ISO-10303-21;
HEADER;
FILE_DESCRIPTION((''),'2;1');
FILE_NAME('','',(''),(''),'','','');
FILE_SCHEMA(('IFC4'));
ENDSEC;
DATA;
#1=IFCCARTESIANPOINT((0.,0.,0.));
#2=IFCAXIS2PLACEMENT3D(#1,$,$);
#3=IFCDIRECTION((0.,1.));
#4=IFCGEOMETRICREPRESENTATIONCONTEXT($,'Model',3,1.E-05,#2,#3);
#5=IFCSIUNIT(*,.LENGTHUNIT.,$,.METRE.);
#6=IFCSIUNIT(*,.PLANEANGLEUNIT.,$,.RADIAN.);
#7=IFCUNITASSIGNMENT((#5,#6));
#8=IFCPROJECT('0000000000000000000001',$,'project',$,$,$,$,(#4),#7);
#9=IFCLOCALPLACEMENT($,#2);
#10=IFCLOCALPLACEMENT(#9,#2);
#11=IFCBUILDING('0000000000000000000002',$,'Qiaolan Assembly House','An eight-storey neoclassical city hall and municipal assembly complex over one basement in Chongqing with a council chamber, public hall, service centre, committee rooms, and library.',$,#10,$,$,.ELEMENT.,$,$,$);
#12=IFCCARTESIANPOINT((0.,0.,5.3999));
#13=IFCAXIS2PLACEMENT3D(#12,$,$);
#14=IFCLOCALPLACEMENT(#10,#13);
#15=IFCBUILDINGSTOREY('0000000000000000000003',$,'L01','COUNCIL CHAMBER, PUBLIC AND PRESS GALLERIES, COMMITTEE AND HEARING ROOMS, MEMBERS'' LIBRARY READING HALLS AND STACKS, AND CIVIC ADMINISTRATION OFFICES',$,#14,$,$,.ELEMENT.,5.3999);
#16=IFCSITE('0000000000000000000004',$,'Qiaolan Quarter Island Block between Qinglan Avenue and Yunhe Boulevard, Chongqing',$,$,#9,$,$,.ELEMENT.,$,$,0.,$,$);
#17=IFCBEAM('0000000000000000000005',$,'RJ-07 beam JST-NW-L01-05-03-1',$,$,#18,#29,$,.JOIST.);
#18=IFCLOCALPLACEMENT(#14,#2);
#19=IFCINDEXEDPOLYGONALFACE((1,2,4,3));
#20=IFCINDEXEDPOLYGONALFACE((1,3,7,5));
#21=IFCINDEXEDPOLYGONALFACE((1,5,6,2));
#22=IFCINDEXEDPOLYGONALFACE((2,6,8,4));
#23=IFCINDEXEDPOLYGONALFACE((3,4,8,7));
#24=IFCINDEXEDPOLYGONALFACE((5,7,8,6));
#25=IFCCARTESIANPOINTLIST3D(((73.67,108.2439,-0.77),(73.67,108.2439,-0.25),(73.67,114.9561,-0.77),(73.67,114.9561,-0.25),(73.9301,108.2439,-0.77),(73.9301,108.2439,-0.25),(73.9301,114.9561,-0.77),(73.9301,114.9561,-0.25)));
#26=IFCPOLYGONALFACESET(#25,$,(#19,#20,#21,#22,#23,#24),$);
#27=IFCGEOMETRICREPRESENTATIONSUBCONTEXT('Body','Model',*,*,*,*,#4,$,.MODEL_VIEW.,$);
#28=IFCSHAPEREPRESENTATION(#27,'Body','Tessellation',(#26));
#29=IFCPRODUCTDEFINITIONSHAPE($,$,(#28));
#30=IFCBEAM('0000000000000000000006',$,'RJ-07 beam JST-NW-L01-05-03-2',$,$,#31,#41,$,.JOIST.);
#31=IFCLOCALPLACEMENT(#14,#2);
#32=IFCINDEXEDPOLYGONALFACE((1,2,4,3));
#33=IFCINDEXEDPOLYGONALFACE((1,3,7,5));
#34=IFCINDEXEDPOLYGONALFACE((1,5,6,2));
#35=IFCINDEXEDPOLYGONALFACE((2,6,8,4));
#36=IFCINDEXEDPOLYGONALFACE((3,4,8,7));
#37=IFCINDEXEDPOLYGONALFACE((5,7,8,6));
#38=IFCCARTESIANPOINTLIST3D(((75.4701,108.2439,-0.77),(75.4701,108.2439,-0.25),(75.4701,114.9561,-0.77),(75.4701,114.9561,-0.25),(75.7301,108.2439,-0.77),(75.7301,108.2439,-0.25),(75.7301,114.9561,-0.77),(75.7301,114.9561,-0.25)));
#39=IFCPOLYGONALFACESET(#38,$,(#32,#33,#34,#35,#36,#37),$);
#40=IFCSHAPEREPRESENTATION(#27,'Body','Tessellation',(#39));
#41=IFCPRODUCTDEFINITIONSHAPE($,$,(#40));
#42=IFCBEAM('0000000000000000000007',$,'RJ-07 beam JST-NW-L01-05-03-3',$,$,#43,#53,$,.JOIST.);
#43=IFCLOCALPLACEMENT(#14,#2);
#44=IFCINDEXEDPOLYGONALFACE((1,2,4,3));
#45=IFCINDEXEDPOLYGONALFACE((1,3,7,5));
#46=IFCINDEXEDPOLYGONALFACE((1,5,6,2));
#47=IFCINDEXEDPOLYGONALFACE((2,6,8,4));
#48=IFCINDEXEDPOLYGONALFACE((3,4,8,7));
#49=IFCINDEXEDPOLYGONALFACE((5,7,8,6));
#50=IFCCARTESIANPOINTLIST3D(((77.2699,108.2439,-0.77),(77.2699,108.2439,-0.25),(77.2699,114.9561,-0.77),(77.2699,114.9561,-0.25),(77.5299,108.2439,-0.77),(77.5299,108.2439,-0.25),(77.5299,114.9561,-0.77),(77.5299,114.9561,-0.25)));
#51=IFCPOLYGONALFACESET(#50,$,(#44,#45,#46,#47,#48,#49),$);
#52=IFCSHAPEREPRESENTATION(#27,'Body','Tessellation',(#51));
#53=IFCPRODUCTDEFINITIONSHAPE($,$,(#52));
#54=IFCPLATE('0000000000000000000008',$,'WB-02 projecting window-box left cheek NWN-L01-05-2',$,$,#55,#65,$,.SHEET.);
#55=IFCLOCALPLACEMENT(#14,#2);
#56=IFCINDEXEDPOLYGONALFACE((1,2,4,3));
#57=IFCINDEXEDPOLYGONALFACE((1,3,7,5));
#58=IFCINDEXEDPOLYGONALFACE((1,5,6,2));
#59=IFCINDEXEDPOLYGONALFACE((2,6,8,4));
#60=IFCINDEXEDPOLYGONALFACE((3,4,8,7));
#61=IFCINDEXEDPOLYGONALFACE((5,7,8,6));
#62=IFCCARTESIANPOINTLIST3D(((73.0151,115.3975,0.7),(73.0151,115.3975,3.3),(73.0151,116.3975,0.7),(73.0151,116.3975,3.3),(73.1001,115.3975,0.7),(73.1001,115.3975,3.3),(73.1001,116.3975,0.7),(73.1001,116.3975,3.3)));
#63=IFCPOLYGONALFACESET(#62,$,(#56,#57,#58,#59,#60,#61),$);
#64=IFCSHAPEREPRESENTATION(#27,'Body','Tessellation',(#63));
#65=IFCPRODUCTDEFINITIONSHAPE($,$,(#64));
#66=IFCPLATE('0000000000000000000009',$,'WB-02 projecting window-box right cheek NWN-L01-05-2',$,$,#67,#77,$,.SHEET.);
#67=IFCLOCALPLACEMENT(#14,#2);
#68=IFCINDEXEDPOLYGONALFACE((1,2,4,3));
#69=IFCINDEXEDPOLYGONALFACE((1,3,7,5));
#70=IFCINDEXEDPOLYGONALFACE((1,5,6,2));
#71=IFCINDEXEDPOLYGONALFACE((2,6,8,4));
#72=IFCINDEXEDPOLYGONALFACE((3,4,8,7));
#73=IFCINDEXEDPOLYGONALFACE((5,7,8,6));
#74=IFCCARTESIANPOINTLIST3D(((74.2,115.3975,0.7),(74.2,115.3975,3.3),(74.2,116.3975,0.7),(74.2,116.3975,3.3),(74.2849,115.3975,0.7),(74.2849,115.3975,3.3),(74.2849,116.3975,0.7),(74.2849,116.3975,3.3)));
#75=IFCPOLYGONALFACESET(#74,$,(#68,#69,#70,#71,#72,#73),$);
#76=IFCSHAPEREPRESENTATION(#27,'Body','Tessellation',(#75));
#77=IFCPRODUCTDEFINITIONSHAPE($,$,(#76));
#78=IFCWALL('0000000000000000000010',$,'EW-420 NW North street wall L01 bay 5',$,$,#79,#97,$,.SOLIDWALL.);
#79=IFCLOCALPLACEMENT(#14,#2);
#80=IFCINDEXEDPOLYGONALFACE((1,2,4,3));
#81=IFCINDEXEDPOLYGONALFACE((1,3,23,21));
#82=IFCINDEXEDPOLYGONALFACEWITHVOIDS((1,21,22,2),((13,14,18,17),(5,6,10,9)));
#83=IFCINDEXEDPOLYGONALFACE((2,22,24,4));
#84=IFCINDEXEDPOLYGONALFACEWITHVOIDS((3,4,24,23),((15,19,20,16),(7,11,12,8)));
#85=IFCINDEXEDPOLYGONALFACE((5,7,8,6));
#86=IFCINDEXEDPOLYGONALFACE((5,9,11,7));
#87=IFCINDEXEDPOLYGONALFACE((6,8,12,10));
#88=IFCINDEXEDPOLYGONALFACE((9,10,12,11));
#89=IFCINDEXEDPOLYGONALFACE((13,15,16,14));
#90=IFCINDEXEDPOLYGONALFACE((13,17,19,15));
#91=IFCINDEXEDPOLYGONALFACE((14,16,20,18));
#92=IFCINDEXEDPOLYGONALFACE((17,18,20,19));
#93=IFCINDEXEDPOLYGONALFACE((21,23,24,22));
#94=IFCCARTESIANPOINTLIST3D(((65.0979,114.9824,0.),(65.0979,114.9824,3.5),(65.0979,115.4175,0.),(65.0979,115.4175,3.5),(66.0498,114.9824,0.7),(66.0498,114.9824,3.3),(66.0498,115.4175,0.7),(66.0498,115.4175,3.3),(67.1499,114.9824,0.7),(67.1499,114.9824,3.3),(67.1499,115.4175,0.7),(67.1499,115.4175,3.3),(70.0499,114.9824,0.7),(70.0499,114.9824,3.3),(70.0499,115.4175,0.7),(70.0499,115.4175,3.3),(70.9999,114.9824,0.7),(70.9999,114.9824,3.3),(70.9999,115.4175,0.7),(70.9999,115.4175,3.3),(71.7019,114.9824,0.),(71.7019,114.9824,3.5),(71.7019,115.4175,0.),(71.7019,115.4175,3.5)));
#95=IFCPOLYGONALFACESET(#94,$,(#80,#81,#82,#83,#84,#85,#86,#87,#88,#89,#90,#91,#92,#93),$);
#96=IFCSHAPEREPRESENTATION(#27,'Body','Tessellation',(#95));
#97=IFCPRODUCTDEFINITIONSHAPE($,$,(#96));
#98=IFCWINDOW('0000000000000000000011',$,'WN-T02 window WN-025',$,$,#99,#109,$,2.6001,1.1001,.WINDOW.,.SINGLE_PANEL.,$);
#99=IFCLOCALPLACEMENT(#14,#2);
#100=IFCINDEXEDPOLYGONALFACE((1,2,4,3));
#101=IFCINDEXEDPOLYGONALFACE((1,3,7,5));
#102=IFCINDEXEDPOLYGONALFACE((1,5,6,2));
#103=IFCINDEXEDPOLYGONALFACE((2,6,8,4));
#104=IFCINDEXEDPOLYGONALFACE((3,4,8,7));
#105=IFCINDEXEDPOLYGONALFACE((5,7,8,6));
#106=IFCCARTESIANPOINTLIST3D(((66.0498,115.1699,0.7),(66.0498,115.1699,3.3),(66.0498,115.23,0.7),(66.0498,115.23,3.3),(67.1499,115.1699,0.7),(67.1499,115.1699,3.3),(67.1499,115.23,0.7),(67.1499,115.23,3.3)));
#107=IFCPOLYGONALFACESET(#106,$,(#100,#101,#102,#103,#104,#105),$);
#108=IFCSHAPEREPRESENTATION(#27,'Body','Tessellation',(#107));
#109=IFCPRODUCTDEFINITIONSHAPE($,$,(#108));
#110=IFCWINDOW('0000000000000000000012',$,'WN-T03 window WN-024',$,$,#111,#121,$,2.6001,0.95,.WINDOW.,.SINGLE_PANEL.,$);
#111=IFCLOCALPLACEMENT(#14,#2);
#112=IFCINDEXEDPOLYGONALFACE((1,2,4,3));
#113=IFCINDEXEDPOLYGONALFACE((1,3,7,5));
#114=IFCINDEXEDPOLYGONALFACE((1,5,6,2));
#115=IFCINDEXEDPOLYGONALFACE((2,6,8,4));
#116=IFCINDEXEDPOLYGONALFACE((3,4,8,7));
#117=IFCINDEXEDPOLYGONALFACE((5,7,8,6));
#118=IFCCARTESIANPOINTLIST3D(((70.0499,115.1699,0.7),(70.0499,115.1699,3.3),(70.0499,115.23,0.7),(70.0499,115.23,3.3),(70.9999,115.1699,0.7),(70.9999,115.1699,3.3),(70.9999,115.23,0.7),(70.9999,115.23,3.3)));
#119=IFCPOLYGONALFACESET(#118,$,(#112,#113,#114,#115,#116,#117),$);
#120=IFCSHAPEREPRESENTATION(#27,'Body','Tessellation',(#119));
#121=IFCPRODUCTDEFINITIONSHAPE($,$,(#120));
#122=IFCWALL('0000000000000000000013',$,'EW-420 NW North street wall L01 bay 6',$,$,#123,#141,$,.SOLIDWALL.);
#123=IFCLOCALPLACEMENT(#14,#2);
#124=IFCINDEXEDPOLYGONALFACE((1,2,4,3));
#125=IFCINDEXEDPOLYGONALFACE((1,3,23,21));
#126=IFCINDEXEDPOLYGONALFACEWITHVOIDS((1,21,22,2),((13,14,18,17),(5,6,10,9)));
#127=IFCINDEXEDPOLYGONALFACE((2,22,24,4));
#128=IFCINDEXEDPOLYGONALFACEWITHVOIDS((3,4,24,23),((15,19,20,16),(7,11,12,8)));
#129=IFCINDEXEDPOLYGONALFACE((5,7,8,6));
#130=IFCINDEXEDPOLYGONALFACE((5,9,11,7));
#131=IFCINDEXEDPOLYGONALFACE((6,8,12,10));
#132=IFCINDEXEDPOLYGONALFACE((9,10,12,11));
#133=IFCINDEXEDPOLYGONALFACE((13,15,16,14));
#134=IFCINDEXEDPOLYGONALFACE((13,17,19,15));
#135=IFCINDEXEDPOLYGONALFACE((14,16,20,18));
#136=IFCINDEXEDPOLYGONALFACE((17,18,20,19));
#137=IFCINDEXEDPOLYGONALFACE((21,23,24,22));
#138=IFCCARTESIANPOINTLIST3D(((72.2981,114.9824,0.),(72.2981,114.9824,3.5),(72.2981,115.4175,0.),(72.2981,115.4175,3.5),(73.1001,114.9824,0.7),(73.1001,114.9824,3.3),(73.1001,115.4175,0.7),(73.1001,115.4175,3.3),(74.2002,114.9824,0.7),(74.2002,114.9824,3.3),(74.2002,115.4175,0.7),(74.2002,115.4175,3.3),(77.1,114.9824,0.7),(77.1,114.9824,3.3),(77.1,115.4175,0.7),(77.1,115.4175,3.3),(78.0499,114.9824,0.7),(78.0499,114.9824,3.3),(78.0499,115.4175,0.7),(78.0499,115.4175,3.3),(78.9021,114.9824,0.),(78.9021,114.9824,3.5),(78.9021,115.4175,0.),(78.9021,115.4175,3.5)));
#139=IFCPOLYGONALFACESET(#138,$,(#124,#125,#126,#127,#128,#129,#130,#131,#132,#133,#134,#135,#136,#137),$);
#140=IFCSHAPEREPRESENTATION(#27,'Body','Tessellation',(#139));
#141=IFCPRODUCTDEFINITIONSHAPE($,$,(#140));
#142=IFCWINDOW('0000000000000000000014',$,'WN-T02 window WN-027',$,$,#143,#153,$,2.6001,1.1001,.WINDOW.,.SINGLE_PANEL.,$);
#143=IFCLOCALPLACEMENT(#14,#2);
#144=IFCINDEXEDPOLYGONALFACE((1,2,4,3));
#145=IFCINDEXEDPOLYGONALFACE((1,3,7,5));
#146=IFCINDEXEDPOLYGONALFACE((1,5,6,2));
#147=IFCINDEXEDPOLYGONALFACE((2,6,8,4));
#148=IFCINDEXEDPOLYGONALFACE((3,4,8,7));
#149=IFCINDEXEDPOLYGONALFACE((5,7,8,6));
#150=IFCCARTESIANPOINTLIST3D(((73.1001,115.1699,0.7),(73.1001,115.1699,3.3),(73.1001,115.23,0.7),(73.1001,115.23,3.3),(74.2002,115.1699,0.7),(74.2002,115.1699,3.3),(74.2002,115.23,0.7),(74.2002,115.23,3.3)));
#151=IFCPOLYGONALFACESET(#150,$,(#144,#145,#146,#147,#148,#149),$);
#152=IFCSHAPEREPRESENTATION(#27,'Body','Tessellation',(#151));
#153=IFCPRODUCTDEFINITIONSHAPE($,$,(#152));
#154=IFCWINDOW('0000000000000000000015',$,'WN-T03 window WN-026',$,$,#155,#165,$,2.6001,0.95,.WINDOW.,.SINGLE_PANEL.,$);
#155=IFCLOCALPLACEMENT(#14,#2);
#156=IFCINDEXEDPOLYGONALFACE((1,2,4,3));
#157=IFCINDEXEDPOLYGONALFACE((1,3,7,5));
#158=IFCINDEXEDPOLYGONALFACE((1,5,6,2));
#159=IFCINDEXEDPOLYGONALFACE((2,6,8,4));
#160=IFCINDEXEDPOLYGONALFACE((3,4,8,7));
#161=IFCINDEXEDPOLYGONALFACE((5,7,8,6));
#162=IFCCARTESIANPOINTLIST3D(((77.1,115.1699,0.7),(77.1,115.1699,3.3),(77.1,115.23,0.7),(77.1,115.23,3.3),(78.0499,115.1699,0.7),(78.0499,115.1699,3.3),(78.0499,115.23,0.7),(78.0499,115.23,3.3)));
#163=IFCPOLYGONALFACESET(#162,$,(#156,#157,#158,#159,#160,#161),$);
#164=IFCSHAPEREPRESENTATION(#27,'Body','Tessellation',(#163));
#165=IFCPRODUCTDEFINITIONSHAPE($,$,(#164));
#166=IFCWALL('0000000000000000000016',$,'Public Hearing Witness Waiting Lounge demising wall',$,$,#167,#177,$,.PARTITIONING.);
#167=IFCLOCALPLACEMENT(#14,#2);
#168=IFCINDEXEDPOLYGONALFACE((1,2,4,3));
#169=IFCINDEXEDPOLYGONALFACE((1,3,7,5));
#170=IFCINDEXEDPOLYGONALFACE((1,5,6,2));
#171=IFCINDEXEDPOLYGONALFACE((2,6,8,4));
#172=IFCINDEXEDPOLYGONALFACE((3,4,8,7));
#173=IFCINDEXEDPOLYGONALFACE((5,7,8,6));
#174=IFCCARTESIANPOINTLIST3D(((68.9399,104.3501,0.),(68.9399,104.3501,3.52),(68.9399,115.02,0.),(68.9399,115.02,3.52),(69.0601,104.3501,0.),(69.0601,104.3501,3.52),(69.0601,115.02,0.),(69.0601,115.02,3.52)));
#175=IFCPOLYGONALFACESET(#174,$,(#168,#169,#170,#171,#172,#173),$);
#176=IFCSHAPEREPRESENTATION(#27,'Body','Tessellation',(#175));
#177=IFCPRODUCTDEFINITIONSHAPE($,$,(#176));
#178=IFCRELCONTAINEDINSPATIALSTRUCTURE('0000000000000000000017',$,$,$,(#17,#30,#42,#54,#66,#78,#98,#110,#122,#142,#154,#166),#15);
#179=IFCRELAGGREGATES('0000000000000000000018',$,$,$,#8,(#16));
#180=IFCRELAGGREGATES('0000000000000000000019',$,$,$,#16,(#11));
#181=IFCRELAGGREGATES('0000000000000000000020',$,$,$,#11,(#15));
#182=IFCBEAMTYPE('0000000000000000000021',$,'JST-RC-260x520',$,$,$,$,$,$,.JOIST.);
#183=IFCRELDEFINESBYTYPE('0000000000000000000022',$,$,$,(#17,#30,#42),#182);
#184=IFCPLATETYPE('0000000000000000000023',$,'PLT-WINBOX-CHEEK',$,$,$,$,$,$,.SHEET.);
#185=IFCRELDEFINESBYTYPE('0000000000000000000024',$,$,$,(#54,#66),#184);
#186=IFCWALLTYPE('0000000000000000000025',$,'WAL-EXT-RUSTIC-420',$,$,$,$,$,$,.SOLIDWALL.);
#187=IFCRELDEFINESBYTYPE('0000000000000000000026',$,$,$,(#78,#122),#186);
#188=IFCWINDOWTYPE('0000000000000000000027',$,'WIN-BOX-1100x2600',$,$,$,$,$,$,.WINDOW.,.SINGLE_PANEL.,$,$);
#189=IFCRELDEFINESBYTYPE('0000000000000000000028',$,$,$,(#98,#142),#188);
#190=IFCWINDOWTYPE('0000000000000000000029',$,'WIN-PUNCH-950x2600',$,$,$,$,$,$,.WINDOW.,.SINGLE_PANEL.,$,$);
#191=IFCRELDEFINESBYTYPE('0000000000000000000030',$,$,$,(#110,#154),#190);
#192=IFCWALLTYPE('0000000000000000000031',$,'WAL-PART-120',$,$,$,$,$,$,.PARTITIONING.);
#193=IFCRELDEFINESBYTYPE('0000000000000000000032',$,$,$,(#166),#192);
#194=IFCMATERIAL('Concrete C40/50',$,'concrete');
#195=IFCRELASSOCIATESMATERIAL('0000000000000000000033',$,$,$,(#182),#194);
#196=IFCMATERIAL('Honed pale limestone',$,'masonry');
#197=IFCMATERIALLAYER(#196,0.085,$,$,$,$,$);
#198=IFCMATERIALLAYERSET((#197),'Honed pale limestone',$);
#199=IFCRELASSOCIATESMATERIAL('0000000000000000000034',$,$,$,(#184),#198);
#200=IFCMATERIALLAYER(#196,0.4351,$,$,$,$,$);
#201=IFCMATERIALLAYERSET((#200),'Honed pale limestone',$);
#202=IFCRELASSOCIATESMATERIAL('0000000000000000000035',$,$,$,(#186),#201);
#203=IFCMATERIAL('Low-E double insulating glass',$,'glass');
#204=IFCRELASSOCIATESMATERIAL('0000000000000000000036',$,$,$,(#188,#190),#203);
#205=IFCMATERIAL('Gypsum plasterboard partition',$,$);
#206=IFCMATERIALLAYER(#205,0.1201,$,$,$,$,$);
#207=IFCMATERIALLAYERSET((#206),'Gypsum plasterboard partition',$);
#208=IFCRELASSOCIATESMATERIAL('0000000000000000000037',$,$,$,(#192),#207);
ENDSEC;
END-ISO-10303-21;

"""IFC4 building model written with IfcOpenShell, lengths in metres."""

from ifc_helpers import new_model, si_unit, direction, frame, frame_2d, origin, origin_2d, place, context, subcontext, project, spatial, rectangle, extrude, material, layer, layer_set, material_profile, profile_set, type_object, element, fill, save


model = new_model("IFC4")

# Units and contexts
model_context = context("Model", 3, precision=1e-05, world=origin(), true_north=direction((0.0, 1.0)))
body_context = subcontext(model_context, "Body", "Model", "MODEL_VIEW")
ifc_project = project(units=[si_unit("LENGTHUNIT", "METRE"), si_unit("PLANEANGLEUNIT", "RADIAN")], contexts=[model_context])

# Site, building, storey
site_placement = place(None, origin())
site = spatial("IfcSite", under=ifc_project, at=site_placement, Name="Qiaolan Quarter Island Block between Qinglan Avenue and Yunhe Boulevard, Chongqing", CompositionType="ELEMENT", RefElevation=0.0)
building_placement = place(site_placement, origin())
building = spatial("IfcBuilding", under=site, at=building_placement, Name="Qiaolan Assembly House", Description="An eight-storey neoclassical city hall and municipal assembly complex over one basement in Chongqing with a council chamber, public hall, service centre, committee rooms, and library.", CompositionType="ELEMENT")
storey_placement = place(building_placement, frame((0.0, 0.0, 5.3999)))
storey = spatial("IfcBuildingStorey", under=building, at=storey_placement, Name="L01", Description="COUNCIL CHAMBER, PUBLIC AND PRESS GALLERIES, COMMITTEE AND HEARING ROOMS, MEMBERS' LIBRARY READING HALLS AND STACKS, AND CIVIC ADMINISTRATION OFFICES", CompositionType="ELEMENT", Elevation=5.3999)

# Beams
ifc_material_1 = material(Name="Concrete C40/50", Category="concrete")
ifc_material_profile_1 = material_profile(ifc_material_1, rectangle(XDim=0.26, YDim=0.52, at=origin_2d()), Name="RCB 260x520")
ifc_profile_set_1 = profile_set([ifc_material_profile_1], Name="Concrete C40/50")
beam_type_1 = type_object("IfcBeamType", Name="JST-RC-260x520", PredefinedType="JOIST", material=ifc_profile_set_1)
for number, where, z_axis, x_axis, name in (
    (1, (73.8, 108.2439, -0.51), (0.0, 1.0, 0.0), (-1.0, 0.0, 0.0), "RJ-07 beam JST-NW-L01-05-03-1"),
    (2, (75.6001, 108.2439, -0.51), (0.0, 1.0, 0.0), (-1.0, 0.0, 0.0), "RJ-07 beam JST-NW-L01-05-03-2"),
    (3, (77.3999, 108.2439, -0.51), (0.0, 1.0, 0.0), (-1.0, 0.0, 0.0), "RJ-07 beam JST-NW-L01-05-03-3"),
):
    element("IfcBeam", number, at=place(storey_placement, frame(where, z_axis=z_axis, x_axis=x_axis)), inside=storey, type_object=beam_type_1, Name=name, PredefinedType="JOIST", context=body_context, shape_type="SweptSolid", body=[
        extrude(rectangle(XDim=0.26, YDim=0.52, at=origin_2d()), origin(), (0.0, 0.0, 1.0), 6.7122),
    ])

# Plates
ifc_material_2 = material(Name="Honed pale limestone", Category="masonry")
ifc_layer_1 = layer(ifc_material_2, 0.085)
ifc_layer_set_1 = layer_set([ifc_layer_1], Name="Honed pale limestone")
plate_type = type_object("IfcPlateType", Name="PLT-WINBOX-CHEEK", PredefinedType="SHEET", material=ifc_layer_set_1)
for number, where, z_axis, x_axis, name in (
    (4, (73.0576, 115.8975, 0.7), (0.0, 0.0, 1.0), (1.0, 0.0, 0.0), "WB-02 projecting window-box left cheek NWN-L01-05-2"),
    (5, (74.2424, 115.8975, 0.7), (0.0, 0.0, 1.0), (1.0, 0.0, 0.0), "WB-02 projecting window-box right cheek NWN-L01-05-2"),
):
    element("IfcPlate", number, at=place(storey_placement, frame(where, z_axis=z_axis, x_axis=x_axis)), inside=storey, type_object=plate_type, Name=name, PredefinedType="SHEET", context=body_context, shape_type="SweptSolid", body=[
        extrude(rectangle(XDim=0.085, YDim=1.0, at=origin_2d()), origin(), (0.0, 0.0, 1.0), 2.6001),
    ])

# Walls, openings, windows
ifc_layer_2 = layer(ifc_material_2, 0.4351)
ifc_layer_set_2 = layer_set([ifc_layer_2], Name="Honed pale limestone")
wall_type_1 = type_object("IfcWallType", Name="WAL-EXT-RUSTIC-420", PredefinedType="SOLIDWALL", material=ifc_layer_set_2)
wall_1_placement = place(storey_placement, frame((71.7019, 115.2, 0.0), z_axis=(0.0, 0.0, 1.0), x_axis=(-1.0, 0.0, 0.0)))
wall_1 = element("IfcWall", 6, at=wall_1_placement, inside=storey, type_object=wall_type_1, Name="EW-420 NW North street wall L01 bay 5", PredefinedType="SOLIDWALL", context=body_context, shape_type="SweptSolid", body=[
    extrude(rectangle(XDim=6.604, YDim=0.4351, at=frame_2d((3.302, 0.0))), origin(), (0.0, 0.0, 1.0), 3.5),
])
opening_1_placement = place(wall_1_placement, frame((0.7019, 0.0, 0.7)))
opening_1 = element("IfcOpeningElement", 7, at=opening_1_placement, cuts=wall_1, PredefinedType="OPENING", context=body_context, shape_type="SweptSolid", body=[
    extrude(rectangle(XDim=0.95, YDim=2.6001, at=frame_2d((0.4751, 1.3))), frame((0.0, 0.2275, 0.0), z_axis=(0.0, -1.0, 0.0), x_axis=(1.0, 0.0, 0.0)), (0.0, 0.0, 1.0), 0.4551),
])
opening_2_placement = place(wall_1_placement, frame((4.552, 0.0, 0.7)))
opening_2 = element("IfcOpeningElement", 8, at=opening_2_placement, cuts=wall_1, PredefinedType="OPENING", context=body_context, shape_type="SweptSolid", body=[
    extrude(rectangle(XDim=1.1001, YDim=2.6001, at=frame_2d((0.55, 1.3))), frame((0.0, 0.2275, 0.0), z_axis=(0.0, -1.0, 0.0), x_axis=(1.0, 0.0, 0.0)), (0.0, 0.0, 1.0), 0.4551),
])
ifc_material_3 = material(Name="Low-E double insulating glass", Category="glass")
window_type_1 = type_object("IfcWindowType", Name="WIN-BOX-1100x2600", PartitioningType="SINGLE_PANEL", PredefinedType="WINDOW", material=ifc_material_3)
window_1_placement = place(opening_2_placement, origin())
window_1 = element("IfcWindow", 9, at=window_1_placement, inside=storey, type_object=window_type_1, Name="WN-T02 window WN-025", OverallHeight=2.6001, OverallWidth=1.1001, PartitioningType="SINGLE_PANEL", PredefinedType="WINDOW", context=body_context, shape_type="SweptSolid", body=[
    extrude(rectangle(XDim=1.1001, YDim=2.6001, at=frame_2d((0.55, 1.3))), frame((0.0, 0.03, 0.0), z_axis=(0.0, -1.0, 0.0), x_axis=(1.0, 0.0, 0.0)), (0.0, 0.0, 1.0), 0.0601),
])
fill(opening_2, window_1)
window_type_2 = type_object("IfcWindowType", Name="WIN-PUNCH-950x2600", PartitioningType="SINGLE_PANEL", PredefinedType="WINDOW", material=ifc_material_3)
window_2_placement = place(opening_1_placement, origin())
window_2 = element("IfcWindow", 10, at=window_2_placement, inside=storey, type_object=window_type_2, Name="WN-T03 window WN-024", OverallHeight=2.6001, OverallWidth=0.95, PartitioningType="SINGLE_PANEL", PredefinedType="WINDOW", context=body_context, shape_type="SweptSolid", body=[
    extrude(rectangle(XDim=0.95, YDim=2.6001, at=frame_2d((0.4751, 1.3))), frame((0.0, 0.03, 0.0), z_axis=(0.0, -1.0, 0.0), x_axis=(1.0, 0.0, 0.0)), (0.0, 0.0, 1.0), 0.0601),
])
fill(opening_1, window_2)
wall_2_placement = place(storey_placement, frame((78.9021, 115.2, 0.0), z_axis=(0.0, 0.0, 1.0), x_axis=(-1.0, 0.0, 0.0)))
wall_2 = element("IfcWall", 11, at=wall_2_placement, inside=storey, type_object=wall_type_1, Name="EW-420 NW North street wall L01 bay 6", PredefinedType="SOLIDWALL", context=body_context, shape_type="SweptSolid", body=[
    extrude(rectangle(XDim=6.604, YDim=0.4351, at=frame_2d((3.302, 0.0))), origin(), (0.0, 0.0, 1.0), 3.5),
])
opening_3_placement = place(wall_2_placement, frame((0.8521, 0.0, 0.7)))
opening_3 = element("IfcOpeningElement", 12, at=opening_3_placement, cuts=wall_2, PredefinedType="OPENING", context=body_context, shape_type="SweptSolid", body=[
    extrude(rectangle(XDim=0.95, YDim=2.6001, at=frame_2d((0.4751, 1.3))), frame((0.0, 0.2275, 0.0), z_axis=(0.0, -1.0, 0.0), x_axis=(1.0, 0.0, 0.0)), (0.0, 0.0, 1.0), 0.4551),
])
opening_4_placement = place(wall_2_placement, frame((4.7019, 0.0, 0.7)))
opening_4 = element("IfcOpeningElement", 13, at=opening_4_placement, cuts=wall_2, PredefinedType="OPENING", context=body_context, shape_type="SweptSolid", body=[
    extrude(rectangle(XDim=1.1001, YDim=2.6001, at=frame_2d((0.55, 1.3))), frame((0.0, 0.2275, 0.0), z_axis=(0.0, -1.0, 0.0), x_axis=(1.0, 0.0, 0.0)), (0.0, 0.0, 1.0), 0.4551),
])
window_3_placement = place(opening_4_placement, origin())
window_3 = element("IfcWindow", 14, at=window_3_placement, inside=storey, type_object=window_type_1, Name="WN-T02 window WN-027", OverallHeight=2.6001, OverallWidth=1.1001, PartitioningType="SINGLE_PANEL", PredefinedType="WINDOW", context=body_context, shape_type="SweptSolid", body=[
    extrude(rectangle(XDim=1.1001, YDim=2.6001, at=frame_2d((0.55, 1.3))), frame((0.0, 0.03, 0.0), z_axis=(0.0, -1.0, 0.0), x_axis=(1.0, 0.0, 0.0)), (0.0, 0.0, 1.0), 0.0601),
])
fill(opening_4, window_3)
window_4_placement = place(opening_3_placement, origin())
window_4 = element("IfcWindow", 15, at=window_4_placement, inside=storey, type_object=window_type_2, Name="WN-T03 window WN-026", OverallHeight=2.6001, OverallWidth=0.95, PartitioningType="SINGLE_PANEL", PredefinedType="WINDOW", context=body_context, shape_type="SweptSolid", body=[
    extrude(rectangle(XDim=0.95, YDim=2.6001, at=frame_2d((0.4751, 1.3))), frame((0.0, 0.03, 0.0), z_axis=(0.0, -1.0, 0.0), x_axis=(1.0, 0.0, 0.0)), (0.0, 0.0, 1.0), 0.0601),
])
fill(opening_3, window_4)

# Wall
ifc_material_4 = material(Name="Gypsum plasterboard partition")
ifc_layer_3 = layer(ifc_material_4, 0.1201)
ifc_layer_set_3 = layer_set([ifc_layer_3], Name="Gypsum plasterboard partition")
wall_type_2 = type_object("IfcWallType", Name="WAL-PART-120", PredefinedType="PARTITIONING", material=ifc_layer_set_3)
wall_3_placement = place(storey_placement, frame((69.0, 104.3501, 0.0), z_axis=(0.0, 0.0, 1.0), x_axis=(0.0, 1.0, 0.0)))
element("IfcWall", 16, at=wall_3_placement, inside=storey, type_object=wall_type_2, Name="Public Hearing Witness Waiting Lounge demising wall", PredefinedType="PARTITIONING", context=body_context, shape_type="SweptSolid", body=[
    extrude(rectangle(XDim=10.6699, YDim=0.1201, at=frame_2d((5.335, 0.0))), origin(), (0.0, 0.0, 1.0), 3.52),
])

save(model, "model.ifc")
